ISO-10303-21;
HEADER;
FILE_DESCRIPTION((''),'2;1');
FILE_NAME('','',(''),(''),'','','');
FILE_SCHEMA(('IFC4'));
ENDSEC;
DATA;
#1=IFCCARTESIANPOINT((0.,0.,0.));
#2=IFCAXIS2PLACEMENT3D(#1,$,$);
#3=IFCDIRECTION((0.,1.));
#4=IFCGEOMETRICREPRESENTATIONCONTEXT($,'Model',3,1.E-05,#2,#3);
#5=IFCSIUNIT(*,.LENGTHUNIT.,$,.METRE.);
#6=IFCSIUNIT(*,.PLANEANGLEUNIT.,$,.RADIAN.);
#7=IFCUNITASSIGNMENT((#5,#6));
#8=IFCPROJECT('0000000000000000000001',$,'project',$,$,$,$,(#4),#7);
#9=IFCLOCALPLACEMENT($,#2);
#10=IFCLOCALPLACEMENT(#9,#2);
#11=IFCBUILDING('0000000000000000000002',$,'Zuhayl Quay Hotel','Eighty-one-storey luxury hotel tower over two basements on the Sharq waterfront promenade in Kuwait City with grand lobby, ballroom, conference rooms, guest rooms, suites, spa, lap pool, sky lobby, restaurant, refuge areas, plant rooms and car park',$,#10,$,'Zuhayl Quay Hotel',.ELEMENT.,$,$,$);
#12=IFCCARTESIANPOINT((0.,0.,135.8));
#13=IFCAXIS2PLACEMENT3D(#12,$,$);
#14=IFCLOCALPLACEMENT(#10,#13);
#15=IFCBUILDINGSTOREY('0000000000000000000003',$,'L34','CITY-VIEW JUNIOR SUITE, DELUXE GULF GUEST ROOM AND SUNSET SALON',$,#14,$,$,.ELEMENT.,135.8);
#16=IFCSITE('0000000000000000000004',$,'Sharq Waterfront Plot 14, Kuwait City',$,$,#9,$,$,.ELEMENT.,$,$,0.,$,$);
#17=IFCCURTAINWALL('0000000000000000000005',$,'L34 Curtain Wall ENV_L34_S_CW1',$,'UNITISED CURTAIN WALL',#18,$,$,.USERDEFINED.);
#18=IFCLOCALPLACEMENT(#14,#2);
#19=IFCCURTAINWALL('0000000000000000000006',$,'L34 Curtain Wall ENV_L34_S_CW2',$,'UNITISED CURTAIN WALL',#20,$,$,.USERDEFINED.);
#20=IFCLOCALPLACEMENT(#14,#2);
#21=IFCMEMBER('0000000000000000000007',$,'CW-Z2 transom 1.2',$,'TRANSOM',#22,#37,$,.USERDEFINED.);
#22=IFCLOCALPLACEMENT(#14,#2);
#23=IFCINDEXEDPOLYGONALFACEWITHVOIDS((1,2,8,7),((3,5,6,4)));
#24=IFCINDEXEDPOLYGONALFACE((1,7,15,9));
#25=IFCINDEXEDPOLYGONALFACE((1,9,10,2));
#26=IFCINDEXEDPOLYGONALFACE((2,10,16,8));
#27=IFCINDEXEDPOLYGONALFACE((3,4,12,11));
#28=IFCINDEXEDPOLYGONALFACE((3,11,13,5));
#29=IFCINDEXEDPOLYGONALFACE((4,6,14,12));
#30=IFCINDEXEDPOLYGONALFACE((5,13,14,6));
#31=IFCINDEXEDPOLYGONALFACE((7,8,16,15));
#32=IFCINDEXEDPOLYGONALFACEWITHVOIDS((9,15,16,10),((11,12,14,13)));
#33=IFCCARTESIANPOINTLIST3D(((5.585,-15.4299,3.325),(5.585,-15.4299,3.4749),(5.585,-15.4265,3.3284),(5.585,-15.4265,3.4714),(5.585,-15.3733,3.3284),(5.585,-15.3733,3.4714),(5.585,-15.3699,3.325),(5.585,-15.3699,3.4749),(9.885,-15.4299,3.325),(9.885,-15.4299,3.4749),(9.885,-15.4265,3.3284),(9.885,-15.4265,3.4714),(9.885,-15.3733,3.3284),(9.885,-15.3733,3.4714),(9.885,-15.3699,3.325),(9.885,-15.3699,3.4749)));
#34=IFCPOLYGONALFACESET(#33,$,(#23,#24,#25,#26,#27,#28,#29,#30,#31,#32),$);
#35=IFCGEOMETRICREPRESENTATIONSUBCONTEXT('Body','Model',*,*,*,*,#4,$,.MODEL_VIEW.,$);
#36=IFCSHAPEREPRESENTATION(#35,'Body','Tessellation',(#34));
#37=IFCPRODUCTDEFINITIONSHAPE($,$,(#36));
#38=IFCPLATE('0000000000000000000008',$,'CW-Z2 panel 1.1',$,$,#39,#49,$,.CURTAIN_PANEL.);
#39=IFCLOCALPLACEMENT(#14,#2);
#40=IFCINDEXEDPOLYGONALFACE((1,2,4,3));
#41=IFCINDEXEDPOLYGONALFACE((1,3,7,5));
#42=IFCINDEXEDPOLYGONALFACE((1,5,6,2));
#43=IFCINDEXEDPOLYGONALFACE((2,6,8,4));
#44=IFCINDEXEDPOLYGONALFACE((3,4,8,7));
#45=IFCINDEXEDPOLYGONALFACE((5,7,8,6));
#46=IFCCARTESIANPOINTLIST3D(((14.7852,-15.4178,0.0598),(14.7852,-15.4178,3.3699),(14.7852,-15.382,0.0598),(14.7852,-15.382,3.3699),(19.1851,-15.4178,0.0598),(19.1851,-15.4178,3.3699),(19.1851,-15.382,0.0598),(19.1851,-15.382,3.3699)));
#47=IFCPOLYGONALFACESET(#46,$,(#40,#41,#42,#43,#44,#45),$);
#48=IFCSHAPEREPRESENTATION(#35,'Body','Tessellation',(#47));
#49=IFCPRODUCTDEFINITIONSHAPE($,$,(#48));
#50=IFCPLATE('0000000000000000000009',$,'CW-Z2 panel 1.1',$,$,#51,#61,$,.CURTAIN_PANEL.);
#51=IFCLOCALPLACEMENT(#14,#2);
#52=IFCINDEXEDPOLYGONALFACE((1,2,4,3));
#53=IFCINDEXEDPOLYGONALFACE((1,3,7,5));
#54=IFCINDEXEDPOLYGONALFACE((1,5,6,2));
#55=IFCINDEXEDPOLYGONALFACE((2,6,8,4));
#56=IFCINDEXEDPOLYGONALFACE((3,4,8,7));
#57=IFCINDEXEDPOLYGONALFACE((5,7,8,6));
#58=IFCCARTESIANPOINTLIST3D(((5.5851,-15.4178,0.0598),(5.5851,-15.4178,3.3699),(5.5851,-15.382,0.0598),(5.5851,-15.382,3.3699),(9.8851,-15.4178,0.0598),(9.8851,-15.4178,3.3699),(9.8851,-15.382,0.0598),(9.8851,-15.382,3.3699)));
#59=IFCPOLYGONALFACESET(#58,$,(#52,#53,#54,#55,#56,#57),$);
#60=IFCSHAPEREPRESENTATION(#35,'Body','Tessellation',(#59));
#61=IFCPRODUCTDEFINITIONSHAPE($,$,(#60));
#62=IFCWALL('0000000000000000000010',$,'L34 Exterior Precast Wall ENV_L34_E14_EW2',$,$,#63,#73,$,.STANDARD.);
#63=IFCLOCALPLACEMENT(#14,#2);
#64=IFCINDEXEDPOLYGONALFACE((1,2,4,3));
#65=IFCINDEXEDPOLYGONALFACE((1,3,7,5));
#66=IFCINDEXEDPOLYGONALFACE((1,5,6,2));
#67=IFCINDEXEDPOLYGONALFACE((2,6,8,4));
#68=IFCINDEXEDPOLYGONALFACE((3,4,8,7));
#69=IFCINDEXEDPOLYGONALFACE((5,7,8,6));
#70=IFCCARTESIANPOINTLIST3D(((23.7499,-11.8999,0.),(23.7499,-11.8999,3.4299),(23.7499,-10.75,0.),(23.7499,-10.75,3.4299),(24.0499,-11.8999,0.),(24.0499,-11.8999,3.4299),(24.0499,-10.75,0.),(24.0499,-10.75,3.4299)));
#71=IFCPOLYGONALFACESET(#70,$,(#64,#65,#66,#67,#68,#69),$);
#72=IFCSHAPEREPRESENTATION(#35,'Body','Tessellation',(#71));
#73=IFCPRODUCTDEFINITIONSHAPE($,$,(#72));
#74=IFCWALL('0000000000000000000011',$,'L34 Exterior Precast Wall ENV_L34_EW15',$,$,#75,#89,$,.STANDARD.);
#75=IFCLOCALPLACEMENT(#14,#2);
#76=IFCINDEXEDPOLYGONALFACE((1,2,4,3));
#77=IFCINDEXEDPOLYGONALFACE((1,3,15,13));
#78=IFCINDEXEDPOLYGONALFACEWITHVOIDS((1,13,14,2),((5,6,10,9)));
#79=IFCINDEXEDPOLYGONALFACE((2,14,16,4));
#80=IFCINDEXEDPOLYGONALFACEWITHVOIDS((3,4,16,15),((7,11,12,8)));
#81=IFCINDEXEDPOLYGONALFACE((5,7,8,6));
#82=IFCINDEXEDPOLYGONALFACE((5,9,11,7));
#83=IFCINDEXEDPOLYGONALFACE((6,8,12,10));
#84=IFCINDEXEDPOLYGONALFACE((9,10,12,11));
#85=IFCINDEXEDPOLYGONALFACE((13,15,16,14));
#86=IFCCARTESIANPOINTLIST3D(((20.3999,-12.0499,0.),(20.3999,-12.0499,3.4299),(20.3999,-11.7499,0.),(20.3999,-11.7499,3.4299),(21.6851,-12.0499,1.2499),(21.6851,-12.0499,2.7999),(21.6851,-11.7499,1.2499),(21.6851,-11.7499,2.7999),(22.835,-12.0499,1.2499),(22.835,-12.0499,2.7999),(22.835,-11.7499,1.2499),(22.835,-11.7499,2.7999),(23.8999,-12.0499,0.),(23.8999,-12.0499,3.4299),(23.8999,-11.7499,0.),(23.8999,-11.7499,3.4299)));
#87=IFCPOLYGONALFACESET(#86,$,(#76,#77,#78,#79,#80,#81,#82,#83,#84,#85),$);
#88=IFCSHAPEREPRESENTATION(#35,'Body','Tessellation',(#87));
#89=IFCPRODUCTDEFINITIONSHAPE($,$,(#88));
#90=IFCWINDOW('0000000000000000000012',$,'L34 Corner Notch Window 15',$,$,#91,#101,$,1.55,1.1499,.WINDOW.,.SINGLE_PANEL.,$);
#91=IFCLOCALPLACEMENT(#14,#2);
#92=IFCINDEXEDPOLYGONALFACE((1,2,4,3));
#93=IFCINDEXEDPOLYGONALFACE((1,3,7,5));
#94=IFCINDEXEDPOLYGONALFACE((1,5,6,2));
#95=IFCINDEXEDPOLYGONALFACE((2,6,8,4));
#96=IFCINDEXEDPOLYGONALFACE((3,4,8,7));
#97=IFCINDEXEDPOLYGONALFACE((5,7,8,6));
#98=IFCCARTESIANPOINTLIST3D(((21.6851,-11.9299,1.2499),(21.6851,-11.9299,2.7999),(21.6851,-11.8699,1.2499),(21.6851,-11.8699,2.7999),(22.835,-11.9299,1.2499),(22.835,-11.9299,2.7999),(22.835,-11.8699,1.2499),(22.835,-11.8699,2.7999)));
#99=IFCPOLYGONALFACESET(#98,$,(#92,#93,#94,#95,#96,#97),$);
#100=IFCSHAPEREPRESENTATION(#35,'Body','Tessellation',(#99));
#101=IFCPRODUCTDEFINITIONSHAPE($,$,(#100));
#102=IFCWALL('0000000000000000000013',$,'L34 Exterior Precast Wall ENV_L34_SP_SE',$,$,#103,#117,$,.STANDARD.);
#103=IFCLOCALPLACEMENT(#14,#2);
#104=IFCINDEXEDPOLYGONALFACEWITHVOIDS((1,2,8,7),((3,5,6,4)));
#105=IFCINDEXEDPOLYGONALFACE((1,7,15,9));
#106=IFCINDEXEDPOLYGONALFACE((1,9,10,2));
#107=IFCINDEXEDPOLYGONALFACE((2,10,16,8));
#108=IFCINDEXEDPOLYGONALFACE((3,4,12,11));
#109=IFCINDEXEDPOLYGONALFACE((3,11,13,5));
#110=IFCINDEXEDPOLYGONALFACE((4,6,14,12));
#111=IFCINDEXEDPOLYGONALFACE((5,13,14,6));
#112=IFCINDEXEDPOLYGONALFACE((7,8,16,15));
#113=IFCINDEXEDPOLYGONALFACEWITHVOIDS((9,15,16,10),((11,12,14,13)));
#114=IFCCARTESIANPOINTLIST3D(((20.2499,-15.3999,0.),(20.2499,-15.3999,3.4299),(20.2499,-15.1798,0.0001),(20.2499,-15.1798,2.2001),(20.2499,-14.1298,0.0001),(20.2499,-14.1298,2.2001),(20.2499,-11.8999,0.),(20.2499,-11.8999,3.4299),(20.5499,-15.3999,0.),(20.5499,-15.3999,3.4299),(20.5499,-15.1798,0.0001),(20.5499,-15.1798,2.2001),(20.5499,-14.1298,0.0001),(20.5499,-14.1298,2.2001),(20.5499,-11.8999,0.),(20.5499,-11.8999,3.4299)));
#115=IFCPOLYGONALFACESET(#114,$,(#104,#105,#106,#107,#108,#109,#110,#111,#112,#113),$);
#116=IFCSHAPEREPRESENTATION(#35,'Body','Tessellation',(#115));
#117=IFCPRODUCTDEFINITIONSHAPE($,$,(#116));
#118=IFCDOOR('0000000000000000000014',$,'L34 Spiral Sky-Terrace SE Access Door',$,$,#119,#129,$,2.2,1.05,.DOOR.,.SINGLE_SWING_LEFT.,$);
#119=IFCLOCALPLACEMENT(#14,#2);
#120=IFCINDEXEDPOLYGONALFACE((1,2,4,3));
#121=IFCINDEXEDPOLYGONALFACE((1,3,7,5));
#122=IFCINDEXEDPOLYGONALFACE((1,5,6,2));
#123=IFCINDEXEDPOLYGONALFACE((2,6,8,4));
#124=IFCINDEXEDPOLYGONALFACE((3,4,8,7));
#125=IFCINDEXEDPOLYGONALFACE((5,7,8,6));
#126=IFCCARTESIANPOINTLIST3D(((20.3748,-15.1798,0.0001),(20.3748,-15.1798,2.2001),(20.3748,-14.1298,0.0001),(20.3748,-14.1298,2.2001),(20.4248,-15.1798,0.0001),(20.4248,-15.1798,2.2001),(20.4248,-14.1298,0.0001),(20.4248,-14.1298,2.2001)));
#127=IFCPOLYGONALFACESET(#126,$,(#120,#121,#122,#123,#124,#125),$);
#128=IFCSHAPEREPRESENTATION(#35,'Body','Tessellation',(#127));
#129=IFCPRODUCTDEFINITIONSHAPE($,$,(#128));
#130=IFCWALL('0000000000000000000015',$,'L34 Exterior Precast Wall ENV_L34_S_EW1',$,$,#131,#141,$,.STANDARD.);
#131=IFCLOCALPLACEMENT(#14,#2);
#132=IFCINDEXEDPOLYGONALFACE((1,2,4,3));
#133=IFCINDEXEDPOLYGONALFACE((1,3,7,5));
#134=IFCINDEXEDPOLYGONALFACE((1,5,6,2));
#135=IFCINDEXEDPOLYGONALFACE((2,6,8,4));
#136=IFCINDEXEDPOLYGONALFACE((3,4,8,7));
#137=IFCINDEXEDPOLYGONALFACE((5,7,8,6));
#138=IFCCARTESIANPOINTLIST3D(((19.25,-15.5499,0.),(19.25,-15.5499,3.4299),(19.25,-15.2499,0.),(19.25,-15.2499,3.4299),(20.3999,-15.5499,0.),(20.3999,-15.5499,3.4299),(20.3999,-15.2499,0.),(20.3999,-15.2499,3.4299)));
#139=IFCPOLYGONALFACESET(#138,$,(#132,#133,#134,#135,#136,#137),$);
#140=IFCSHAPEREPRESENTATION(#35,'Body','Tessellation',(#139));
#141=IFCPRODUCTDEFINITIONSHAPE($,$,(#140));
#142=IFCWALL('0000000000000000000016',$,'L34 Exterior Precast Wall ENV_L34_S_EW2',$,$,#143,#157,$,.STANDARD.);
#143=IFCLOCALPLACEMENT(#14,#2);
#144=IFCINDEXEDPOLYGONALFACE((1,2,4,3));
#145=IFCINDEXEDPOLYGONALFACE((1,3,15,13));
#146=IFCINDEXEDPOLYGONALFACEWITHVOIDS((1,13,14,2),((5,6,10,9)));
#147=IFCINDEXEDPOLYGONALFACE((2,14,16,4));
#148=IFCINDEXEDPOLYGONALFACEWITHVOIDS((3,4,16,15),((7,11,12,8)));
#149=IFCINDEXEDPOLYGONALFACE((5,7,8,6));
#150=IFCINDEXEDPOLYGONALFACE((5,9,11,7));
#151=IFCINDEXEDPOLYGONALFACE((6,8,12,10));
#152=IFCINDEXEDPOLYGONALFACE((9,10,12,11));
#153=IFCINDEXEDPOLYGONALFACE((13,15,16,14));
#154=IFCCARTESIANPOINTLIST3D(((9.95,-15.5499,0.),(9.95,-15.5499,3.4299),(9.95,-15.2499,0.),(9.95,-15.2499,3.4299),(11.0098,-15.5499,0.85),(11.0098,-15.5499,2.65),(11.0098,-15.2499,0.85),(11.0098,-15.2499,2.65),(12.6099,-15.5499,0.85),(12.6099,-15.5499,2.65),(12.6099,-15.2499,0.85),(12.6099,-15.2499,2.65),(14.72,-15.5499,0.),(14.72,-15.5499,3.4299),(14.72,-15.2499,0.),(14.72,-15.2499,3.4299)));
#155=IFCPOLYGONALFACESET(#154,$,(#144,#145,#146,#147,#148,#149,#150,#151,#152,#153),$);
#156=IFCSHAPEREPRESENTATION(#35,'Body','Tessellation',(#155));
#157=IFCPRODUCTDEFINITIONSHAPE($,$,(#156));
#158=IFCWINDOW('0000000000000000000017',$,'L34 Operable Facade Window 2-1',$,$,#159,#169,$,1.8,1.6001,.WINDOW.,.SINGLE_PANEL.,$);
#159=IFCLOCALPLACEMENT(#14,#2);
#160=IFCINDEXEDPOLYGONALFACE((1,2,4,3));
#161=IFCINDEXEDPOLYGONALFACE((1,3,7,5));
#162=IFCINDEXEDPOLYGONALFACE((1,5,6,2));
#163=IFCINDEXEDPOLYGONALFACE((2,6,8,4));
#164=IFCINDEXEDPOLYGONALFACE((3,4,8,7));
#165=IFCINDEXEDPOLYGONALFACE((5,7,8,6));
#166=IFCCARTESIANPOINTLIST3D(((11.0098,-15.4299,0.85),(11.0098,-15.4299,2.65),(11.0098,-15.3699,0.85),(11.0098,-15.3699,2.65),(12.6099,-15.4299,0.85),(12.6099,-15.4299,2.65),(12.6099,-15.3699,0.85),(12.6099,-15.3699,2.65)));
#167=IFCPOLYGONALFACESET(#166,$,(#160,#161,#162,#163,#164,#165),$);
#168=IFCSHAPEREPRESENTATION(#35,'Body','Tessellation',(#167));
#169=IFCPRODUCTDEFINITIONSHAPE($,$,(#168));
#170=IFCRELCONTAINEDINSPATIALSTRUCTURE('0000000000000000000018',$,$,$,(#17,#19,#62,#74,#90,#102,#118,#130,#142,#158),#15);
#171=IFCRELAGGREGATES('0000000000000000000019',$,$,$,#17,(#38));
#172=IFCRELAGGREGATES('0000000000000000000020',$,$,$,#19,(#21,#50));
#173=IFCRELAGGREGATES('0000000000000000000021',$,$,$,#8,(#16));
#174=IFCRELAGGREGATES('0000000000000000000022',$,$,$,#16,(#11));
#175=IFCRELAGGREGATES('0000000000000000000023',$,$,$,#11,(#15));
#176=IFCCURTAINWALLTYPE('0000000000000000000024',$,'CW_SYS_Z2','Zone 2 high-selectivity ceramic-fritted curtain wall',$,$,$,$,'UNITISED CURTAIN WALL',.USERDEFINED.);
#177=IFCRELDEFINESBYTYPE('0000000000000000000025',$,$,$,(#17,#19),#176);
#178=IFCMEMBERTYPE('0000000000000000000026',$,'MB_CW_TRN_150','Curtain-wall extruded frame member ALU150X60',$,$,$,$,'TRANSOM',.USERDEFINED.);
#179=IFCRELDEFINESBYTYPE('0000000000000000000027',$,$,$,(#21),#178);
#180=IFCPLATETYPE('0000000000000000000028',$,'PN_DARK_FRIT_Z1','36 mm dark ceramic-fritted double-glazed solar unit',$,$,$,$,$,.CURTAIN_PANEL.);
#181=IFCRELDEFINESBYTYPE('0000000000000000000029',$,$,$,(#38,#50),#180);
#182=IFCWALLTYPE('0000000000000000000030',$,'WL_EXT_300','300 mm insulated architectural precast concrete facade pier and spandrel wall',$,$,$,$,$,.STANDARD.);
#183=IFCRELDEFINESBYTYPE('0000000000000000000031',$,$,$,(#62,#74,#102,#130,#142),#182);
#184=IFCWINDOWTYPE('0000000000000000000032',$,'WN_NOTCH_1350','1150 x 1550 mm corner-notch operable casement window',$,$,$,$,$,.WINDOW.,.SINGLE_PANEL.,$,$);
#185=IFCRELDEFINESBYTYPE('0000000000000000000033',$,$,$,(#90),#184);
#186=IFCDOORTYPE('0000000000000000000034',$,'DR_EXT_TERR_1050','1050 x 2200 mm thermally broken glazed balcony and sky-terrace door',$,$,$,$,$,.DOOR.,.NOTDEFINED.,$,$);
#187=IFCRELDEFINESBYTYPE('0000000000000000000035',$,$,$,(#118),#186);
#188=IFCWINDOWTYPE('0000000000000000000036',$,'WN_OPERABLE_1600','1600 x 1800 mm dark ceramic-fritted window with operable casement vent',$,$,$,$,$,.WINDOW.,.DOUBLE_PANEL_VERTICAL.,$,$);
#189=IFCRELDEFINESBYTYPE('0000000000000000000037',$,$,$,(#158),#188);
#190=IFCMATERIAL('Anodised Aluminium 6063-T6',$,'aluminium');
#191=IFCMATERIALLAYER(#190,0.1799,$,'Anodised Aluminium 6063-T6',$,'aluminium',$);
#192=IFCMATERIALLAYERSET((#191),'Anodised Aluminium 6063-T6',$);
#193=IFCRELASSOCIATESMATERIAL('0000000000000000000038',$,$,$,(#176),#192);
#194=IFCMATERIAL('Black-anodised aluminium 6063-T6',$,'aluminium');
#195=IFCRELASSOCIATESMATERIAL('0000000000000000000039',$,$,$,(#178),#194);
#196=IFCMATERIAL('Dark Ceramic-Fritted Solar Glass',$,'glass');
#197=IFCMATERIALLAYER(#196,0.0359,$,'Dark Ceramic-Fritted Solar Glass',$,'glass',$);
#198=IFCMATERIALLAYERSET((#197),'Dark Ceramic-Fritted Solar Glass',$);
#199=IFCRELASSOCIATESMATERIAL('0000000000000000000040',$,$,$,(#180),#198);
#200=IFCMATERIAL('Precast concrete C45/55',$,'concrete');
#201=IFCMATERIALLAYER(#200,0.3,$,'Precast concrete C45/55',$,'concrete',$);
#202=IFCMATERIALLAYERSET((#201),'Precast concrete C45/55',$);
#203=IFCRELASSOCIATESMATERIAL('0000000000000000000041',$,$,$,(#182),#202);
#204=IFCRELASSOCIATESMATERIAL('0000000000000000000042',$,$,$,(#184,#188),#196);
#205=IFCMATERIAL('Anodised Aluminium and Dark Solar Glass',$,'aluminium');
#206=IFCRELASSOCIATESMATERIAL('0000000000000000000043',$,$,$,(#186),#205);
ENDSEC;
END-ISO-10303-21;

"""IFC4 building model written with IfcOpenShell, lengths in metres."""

from ifc_helpers import new_model, si_unit, direction, frame, frame_2d, origin, origin_2d, place, context, subcontext, project, spatial, rectangle, hollow_rectangle, extrude, material, layer, layer_set, material_profile, profile_set, type_object, element, fill, aggregate, save


model = new_model("IFC4")

# Units and contexts
model_context = context("Model", 3, precision=1e-05, world=origin(), true_north=direction((0.0, 1.0)))
body_context = subcontext(model_context, "Body", "Model", "MODEL_VIEW")
ifc_project = project(units=[si_unit("LENGTHUNIT", "METRE"), si_unit("PLANEANGLEUNIT", "RADIAN")], contexts=[model_context])

# Site, building, storey
site_placement = place(None, origin())
site = spatial("IfcSite", under=ifc_project, at=site_placement, Name="Sharq Waterfront Plot 14, Kuwait City", CompositionType="ELEMENT", RefElevation=0.0)
building_placement = place(site_placement, origin())
building = spatial("IfcBuilding", under=site, at=building_placement, Name="Zuhayl Quay Hotel", Description="Eighty-one-storey luxury hotel tower over two basements on the Sharq waterfront promenade in Kuwait City with grand lobby, ballroom, conference rooms, guest rooms, suites, spa, lap pool, sky lobby, restaurant, refuge areas, plant rooms and car park", LongName="Zuhayl Quay Hotel", CompositionType="ELEMENT")
storey_placement = place(building_placement, frame((0.0, 0.0, 135.8)))
storey = spatial("IfcBuildingStorey", under=building, at=storey_placement, Name="L34", Description="CITY-VIEW JUNIOR SUITE, DELUXE GULF GUEST ROOM AND SUNSET SALON", CompositionType="ELEMENT", Elevation=135.8)

# Shared definitions
ifc_material_1 = material(Name="Anodised Aluminium 6063-T6", Category="aluminium")
ifc_layer_1 = layer(ifc_material_1, 0.1799, Name="Anodised Aluminium 6063-T6", Category="aluminium")
ifc_layer_set_1 = layer_set([ifc_layer_1], Name="Anodised Aluminium 6063-T6")
curtain_wall_type = type_object("IfcCurtainWallType", Name="CW_SYS_Z2", Description="Zone 2 high-selectivity ceramic-fritted curtain wall", ElementType="UNITISED CURTAIN WALL", PredefinedType="USERDEFINED", material=ifc_layer_set_1)
ifc_material_2 = material(Name="Black-anodised aluminium 6063-T6", Category="aluminium")

# Curtain wall
curtain_wall_1_placement = place(storey_placement, origin())
curtain_wall_1 = element("IfcCurtainWall", 1, at=curtain_wall_1_placement, inside=storey, type_object=curtain_wall_type, Name="L34 Curtain Wall ENV_L34_S_CW1", ObjectType="UNITISED CURTAIN WALL", PredefinedType="USERDEFINED")

# Curtain wall
curtain_wall_2_placement = place(storey_placement, origin())
curtain_wall_2 = element("IfcCurtainWall", 2, at=curtain_wall_2_placement, inside=storey, type_object=curtain_wall_type, Name="L34 Curtain Wall ENV_L34_S_CW2", ObjectType="UNITISED CURTAIN WALL", PredefinedType="USERDEFINED")

# Member
ifc_material_profile_1 = material_profile(ifc_material_2, hollow_rectangle(XDim=0.0601, YDim=0.1499, WallThickness=0.0034, at=origin_2d()), Name="ALU150X60")
ifc_profile_set_1 = profile_set([ifc_material_profile_1], Name="Black-anodised aluminium 6063-T6")
member_type_1 = type_object("IfcMemberType", Name="MB_CW_TRN_150", Description="Curtain-wall extruded frame member ALU150X60", ElementType="TRANSOM", PredefinedType="USERDEFINED", material=ifc_profile_set_1)
member_1_placement = place(storey_placement, frame((9.885, -15.3999, 3.3999), z_axis=(-1.0, 0.0, 0.0), x_axis=(0.0, -1.0, 0.0)))
member_1 = element("IfcMember", 3, at=member_1_placement, type_object=member_type_1, Name="CW-Z2 transom 1.2", ObjectType="TRANSOM", PredefinedType="USERDEFINED", context=body_context, shape_type="SweptSolid", body=[
    extrude(hollow_rectangle(XDim=0.0601, YDim=0.1499, WallThickness=0.0034, at=origin_2d()), origin(), (0.0, 0.0, 1.0), 4.3),
])

# Plates
ifc_material_3 = material(Name="Dark Ceramic-Fritted Solar Glass", Category="glass")
ifc_layer_2 = layer(ifc_material_3, 0.0359, Name="Dark Ceramic-Fritted Solar Glass", Category="glass")
ifc_layer_set_2 = layer_set([ifc_layer_2], Name="Dark Ceramic-Fritted Solar Glass")
plate_type = type_object("IfcPlateType", Name="PN_DARK_FRIT_Z1", Description="36 mm dark ceramic-fritted double-glazed solar unit", PredefinedType="CURTAIN_PANEL", material=ifc_layer_set_2)
plate_1_placement = place(storey_placement, frame((16.9851, -15.3999, 0.0598), z_axis=(0.0, 0.0, 1.0), x_axis=(-1.0, 0.0, 0.0)))
plate_1 = element("IfcPlate", 4, at=plate_1_placement, type_object=plate_type, Name="CW-Z2 panel 1.1", PredefinedType="CURTAIN_PANEL", context=body_context, shape_type="SweptSolid", body=[
    extrude(rectangle(XDim=4.3999, YDim=0.0359, at=origin_2d()), origin(), (0.0, 0.0, 1.0), 3.3101),
])
aggregate(curtain_wall_1, [plate_1])
plate_2_placement = place(storey_placement, frame((7.7351, -15.3999, 0.0598), z_axis=(0.0, 0.0, 1.0), x_axis=(-1.0, 0.0, 0.0)))
plate_2 = element("IfcPlate", 5, at=plate_2_placement, type_object=plate_type, Name="CW-Z2 panel 1.1", PredefinedType="CURTAIN_PANEL", context=body_context, shape_type="SweptSolid", body=[
    extrude(rectangle(XDim=4.3, YDim=0.0359, at=origin_2d()), origin(), (0.0, 0.0, 1.0), 3.3101),
])
aggregate(curtain_wall_2, [member_1, plate_2])

# Wall
ifc_material_4 = material(Name="Precast concrete C45/55", Category="concrete")
ifc_layer_3 = layer(ifc_material_4, 0.3, Name="Precast concrete C45/55", Category="concrete")
ifc_layer_set_3 = layer_set([ifc_layer_3], Name="Precast concrete C45/55")
wall_type_1 = type_object("IfcWallType", Name="WL_EXT_300", Description="300 mm insulated architectural precast concrete facade pier and spandrel wall", PredefinedType="STANDARD", material=ifc_layer_set_3)
wall_1_placement = place(storey_placement, frame((23.8999, -10.75, 0.0), z_axis=(0.0, 0.0, 1.0), x_axis=(0.0, -1.0, 0.0)))
element("IfcWall", 6, at=wall_1_placement, inside=storey, type_object=wall_type_1, Name="L34 Exterior Precast Wall ENV_L34_E14_EW2", PredefinedType="STANDARD", context=body_context, shape_type="SweptSolid", body=[
    extrude(rectangle(XDim=1.1499, YDim=0.3, at=frame_2d((0.575, 0.0))), origin(), (0.0, 0.0, 1.0), 3.4299),
])

# Wall, opening, window
wall_2_placement = place(storey_placement, frame((23.8999, -11.8999, 0.0), z_axis=(0.0, 0.0, 1.0), x_axis=(-1.0, 0.0, 0.0)))
wall_2 = element("IfcWall", 7, at=wall_2_placement, inside=storey, type_object=wall_type_1, Name="L34 Exterior Precast Wall ENV_L34_EW15", PredefinedType="STANDARD", context=body_context, shape_type="SweptSolid", body=[
    extrude(rectangle(XDim=3.5, YDim=0.3, at=frame_2d((1.75, 0.0))), origin(), (0.0, 0.0, 1.0), 3.4299),
])
opening_1_placement = place(wall_2_placement, frame((1.0649, 0.0, 1.25)))
opening_1 = element("IfcOpeningElement", 8, at=opening_1_placement, cuts=wall_2, PredefinedType="OPENING", context=body_context, shape_type="SweptSolid", body=[
    extrude(rectangle(XDim=1.1499, YDim=1.55, at=frame_2d((0.575, 0.7749))), frame((0.0, 0.1599, 0.0), z_axis=(0.0, -1.0, 0.0), x_axis=(1.0, 0.0, 0.0)), (0.0, 0.0, 1.0), 0.3201),
])
window_type_1 = type_object("IfcWindowType", Name="WN_NOTCH_1350", Description="1150 x 1550 mm corner-notch operable casement window", PartitioningType="SINGLE_PANEL", PredefinedType="WINDOW", material=ifc_material_3)
window_1_placement = place(opening_1_placement, origin())
window_1 = element("IfcWindow", 9, at=window_1_placement, inside=storey, type_object=window_type_1, Name="L34 Corner Notch Window 15", OverallHeight=1.55, OverallWidth=1.1499, PartitioningType="SINGLE_PANEL", PredefinedType="WINDOW", context=body_context, shape_type="SweptSolid", body=[
    extrude(rectangle(XDim=1.1499, YDim=1.55, at=frame_2d((0.575, 0.7749))), frame((0.0, 0.03, 0.0), z_axis=(0.0, -1.0, 0.0), x_axis=(1.0, 0.0, 0.0)), (0.0, 0.0, 1.0), 0.0601),
])
fill(opening_1, window_1)

# Wall, opening, door
wall_3_placement = place(storey_placement, frame((20.3999, -11.8999, 0.0), z_axis=(0.0, 0.0, 1.0), x_axis=(0.0, -1.0, 0.0)))
wall_3 = element("IfcWall", 10, at=wall_3_placement, inside=storey, type_object=wall_type_1, Name="L34 Exterior Precast Wall ENV_L34_SP_SE", PredefinedType="STANDARD", context=body_context, shape_type="SweptSolid", body=[
    extrude(rectangle(XDim=3.5, YDim=0.3, at=frame_2d((1.75, 0.0))), origin(), (0.0, 0.0, 1.0), 3.4299),
])
opening_2_placement = place(wall_3_placement, frame((2.23, 0.0, 0.0)))
opening_2 = element("IfcOpeningElement", 11, at=opening_2_placement, cuts=wall_3, PredefinedType="OPENING", context=body_context, shape_type="SweptSolid", body=[
    extrude(rectangle(XDim=1.05, YDim=2.2, at=frame_2d((0.5249, 1.1001))), frame((0.0, 0.1599, 0.0), z_axis=(0.0, -1.0, 0.0), x_axis=(1.0, 0.0, 0.0)), (0.0, 0.0, 1.0), 0.3201),
])
ifc_material_5 = material(Name="Anodised Aluminium and Dark Solar Glass", Category="aluminium")
door_type = type_object("IfcDoorType", Name="DR_EXT_TERR_1050", Description="1050 x 2200 mm thermally broken glazed balcony and sky-terrace door", OperationType="NOTDEFINED", PredefinedType="DOOR", material=ifc_material_5)
door_placement = place(opening_2_placement, origin())
door = element("IfcDoor", 12, at=door_placement, inside=storey, type_object=door_type, Name="L34 Spiral Sky-Terrace SE Access Door", OperationType="SINGLE_SWING_LEFT", OverallHeight=2.2, OverallWidth=1.05, PredefinedType="DOOR", context=body_context, shape_type="SweptSolid", body=[
    extrude(rectangle(XDim=1.05, YDim=2.2, at=frame_2d((0.5249, 1.1001))), frame((0.0, 0.0249, 0.0), z_axis=(0.0, -1.0, 0.0), x_axis=(1.0, 0.0, 0.0)), (0.0, 0.0, 1.0), 0.05),
])
fill(opening_2, door)

# Wall
wall_4_placement = place(storey_placement, frame((20.3999, -15.3999, 0.0), z_axis=(0.0, 0.0, 1.0), x_axis=(-1.0, 0.0, 0.0)))
element("IfcWall", 13, at=wall_4_placement, inside=storey, type_object=wall_type_1, Name="L34 Exterior Precast Wall ENV_L34_S_EW1", PredefinedType="STANDARD", context=body_context, shape_type="SweptSolid", body=[
    extrude(rectangle(XDim=1.1499, YDim=0.3, at=frame_2d((0.575, 0.0))), origin(), (0.0, 0.0, 1.0), 3.4299),
])

# Wall, opening, window
wall_5_placement = place(storey_placement, frame((14.72, -15.3999, 0.0), z_axis=(0.0, 0.0, 1.0), x_axis=(-1.0, 0.0, 0.0)))
wall_5 = element("IfcWall", 14, at=wall_5_placement, inside=storey, type_object=wall_type_1, Name="L34 Exterior Precast Wall ENV_L34_S_EW2", PredefinedType="STANDARD", context=body_context, shape_type="SweptSolid", body=[
    extrude(rectangle(XDim=4.77, YDim=0.3, at=frame_2d((2.385, 0.0))), origin(), (0.0, 0.0, 1.0), 3.4299),
])
opening_3_placement = place(wall_5_placement, frame((2.1101, 0.0, 0.8501)))
opening_3 = element("IfcOpeningElement", 15, at=opening_3_placement, cuts=wall_5, PredefinedType="OPENING", context=body_context, shape_type="SweptSolid", body=[
    extrude(rectangle(XDim=1.6001, YDim=1.8, at=frame_2d((0.8, 0.8999))), frame((0.0, 0.1599, 0.0), z_axis=(0.0, -1.0, 0.0), x_axis=(1.0, 0.0, 0.0)), (0.0, 0.0, 1.0), 0.3201),
])
window_type_2 = type_object("IfcWindowType", Name="WN_OPERABLE_1600", Description="1600 x 1800 mm dark ceramic-fritted window with operable casement vent", PartitioningType="DOUBLE_PANEL_VERTICAL", PredefinedType="WINDOW", material=ifc_material_3)
window_2_placement = place(opening_3_placement, origin())
window_2 = element("IfcWindow", 16, at=window_2_placement, inside=storey, type_object=window_type_2, Name="L34 Operable Facade Window 2-1", OverallHeight=1.8, OverallWidth=1.6001, PartitioningType="SINGLE_PANEL", PredefinedType="WINDOW", context=body_context, shape_type="SweptSolid", body=[
    extrude(rectangle(XDim=1.6001, YDim=1.8, at=frame_2d((0.8, 0.8999))), frame((0.0, 0.03, 0.0), z_axis=(0.0, -1.0, 0.0), x_axis=(1.0, 0.0, 0.0)), (0.0, 0.0, 1.0), 0.0601),
])
fill(opening_3, window_2)

save(model, "model.ifc")
